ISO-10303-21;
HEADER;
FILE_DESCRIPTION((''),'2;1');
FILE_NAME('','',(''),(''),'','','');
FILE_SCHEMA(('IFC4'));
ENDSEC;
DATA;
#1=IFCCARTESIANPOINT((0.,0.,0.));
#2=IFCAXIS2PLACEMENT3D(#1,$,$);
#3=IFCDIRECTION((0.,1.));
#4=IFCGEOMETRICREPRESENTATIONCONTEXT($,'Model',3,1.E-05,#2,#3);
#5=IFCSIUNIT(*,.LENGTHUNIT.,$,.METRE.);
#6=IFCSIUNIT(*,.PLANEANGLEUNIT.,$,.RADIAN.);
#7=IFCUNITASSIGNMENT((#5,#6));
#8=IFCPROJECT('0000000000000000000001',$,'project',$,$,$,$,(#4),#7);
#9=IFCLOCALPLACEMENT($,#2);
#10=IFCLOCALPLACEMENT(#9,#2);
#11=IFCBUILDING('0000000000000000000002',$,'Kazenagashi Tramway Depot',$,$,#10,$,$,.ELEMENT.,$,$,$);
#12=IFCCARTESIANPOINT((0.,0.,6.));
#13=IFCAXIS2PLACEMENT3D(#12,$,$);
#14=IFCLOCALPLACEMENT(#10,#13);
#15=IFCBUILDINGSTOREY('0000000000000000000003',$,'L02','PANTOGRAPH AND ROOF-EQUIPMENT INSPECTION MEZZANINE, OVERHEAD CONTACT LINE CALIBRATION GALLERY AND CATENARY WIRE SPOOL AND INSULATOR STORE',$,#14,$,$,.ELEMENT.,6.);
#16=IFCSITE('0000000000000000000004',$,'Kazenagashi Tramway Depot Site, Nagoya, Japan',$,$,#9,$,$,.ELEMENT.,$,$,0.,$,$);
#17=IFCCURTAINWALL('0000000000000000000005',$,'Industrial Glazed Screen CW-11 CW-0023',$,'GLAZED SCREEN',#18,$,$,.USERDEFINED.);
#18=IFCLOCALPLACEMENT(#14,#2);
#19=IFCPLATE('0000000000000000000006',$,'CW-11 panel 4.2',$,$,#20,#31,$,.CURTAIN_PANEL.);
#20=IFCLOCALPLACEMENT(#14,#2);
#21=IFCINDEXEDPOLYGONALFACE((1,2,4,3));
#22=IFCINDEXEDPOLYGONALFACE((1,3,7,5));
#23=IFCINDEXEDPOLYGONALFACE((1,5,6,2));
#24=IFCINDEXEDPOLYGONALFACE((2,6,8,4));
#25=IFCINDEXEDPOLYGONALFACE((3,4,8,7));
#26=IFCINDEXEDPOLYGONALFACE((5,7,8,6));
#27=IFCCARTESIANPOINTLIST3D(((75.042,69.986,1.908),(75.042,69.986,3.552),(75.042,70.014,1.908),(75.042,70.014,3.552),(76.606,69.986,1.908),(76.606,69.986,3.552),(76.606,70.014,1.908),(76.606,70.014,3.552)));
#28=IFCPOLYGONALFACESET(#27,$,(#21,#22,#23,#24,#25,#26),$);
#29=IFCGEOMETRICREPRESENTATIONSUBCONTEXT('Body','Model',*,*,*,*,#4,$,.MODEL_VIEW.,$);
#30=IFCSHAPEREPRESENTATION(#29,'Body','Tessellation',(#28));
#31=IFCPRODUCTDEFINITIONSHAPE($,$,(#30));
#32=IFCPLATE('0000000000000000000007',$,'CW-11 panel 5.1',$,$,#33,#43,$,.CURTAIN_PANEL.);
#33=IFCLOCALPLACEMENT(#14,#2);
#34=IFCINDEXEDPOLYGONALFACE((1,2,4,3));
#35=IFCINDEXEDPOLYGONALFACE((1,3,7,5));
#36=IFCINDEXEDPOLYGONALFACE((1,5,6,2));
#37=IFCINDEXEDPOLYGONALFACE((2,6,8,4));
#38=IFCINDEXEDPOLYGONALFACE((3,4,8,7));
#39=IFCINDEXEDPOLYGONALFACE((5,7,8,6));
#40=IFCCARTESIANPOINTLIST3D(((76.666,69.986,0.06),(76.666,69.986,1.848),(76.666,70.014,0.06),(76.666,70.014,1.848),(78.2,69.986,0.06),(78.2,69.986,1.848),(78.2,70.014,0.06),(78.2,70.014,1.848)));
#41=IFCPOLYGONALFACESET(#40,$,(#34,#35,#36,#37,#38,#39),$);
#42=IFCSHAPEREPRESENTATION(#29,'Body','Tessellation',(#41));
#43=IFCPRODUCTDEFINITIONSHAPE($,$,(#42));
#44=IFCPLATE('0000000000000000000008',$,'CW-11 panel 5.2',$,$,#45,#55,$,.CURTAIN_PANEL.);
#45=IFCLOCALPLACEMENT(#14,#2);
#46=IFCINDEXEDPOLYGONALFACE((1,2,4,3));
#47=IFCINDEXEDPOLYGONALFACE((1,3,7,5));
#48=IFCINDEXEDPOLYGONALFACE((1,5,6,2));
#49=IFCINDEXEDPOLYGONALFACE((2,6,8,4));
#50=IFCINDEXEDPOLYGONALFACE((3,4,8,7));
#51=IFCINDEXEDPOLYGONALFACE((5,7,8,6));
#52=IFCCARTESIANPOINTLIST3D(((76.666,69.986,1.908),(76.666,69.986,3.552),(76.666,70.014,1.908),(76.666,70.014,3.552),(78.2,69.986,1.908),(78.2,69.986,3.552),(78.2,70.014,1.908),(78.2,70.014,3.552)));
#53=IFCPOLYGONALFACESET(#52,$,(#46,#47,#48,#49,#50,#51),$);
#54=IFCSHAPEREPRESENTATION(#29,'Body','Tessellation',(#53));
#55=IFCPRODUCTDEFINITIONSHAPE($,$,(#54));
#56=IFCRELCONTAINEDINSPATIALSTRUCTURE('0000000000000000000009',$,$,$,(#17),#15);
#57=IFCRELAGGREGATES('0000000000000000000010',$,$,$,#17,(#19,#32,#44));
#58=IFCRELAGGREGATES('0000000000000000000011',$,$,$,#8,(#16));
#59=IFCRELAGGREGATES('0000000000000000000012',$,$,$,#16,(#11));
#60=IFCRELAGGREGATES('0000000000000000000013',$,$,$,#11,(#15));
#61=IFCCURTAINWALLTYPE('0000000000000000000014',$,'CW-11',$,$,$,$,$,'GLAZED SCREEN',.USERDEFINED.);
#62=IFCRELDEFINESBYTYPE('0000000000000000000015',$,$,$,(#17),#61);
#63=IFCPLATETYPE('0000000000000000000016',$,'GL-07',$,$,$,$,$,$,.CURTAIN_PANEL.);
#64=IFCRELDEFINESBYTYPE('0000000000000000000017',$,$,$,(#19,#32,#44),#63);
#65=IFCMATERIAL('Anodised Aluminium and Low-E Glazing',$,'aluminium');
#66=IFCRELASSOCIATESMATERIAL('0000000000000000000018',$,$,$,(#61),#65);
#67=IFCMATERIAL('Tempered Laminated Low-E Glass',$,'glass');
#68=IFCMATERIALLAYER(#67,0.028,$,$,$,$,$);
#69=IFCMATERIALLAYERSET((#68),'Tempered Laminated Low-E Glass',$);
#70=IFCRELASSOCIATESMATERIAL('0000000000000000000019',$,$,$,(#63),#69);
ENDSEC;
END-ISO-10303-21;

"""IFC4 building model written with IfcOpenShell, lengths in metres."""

from ifc_helpers import new_model, si_unit, direction, frame, origin, origin_2d, place, context, subcontext, project, spatial, rectangle, extrude, material, layer, layer_set, type_object, element, aggregate, save


model = new_model("IFC4")

# Units and contexts
model_context = context("Model", 3, precision=1e-05, world=origin(), true_north=direction((0.0, 1.0)))
body_context = subcontext(model_context, "Body", "Model", "MODEL_VIEW")
ifc_project = project(units=[si_unit("LENGTHUNIT", "METRE"), si_unit("PLANEANGLEUNIT", "RADIAN")], contexts=[model_context])

# Site, building, storey
site_placement = place(None, origin())
site = spatial("IfcSite", under=ifc_project, at=site_placement, Name="Kazenagashi Tramway Depot Site, Nagoya, Japan", CompositionType="ELEMENT", RefElevation=0.0)
building_placement = place(site_placement, origin())
building = spatial("IfcBuilding", under=site, at=building_placement, Name="Kazenagashi Tramway Depot", CompositionType="ELEMENT")
storey_placement = place(building_placement, frame((0.0, 0.0, 6.0)))
storey = spatial("IfcBuildingStorey", under=building, at=storey_placement, Name="L02", Description="PANTOGRAPH AND ROOF-EQUIPMENT INSPECTION MEZZANINE, OVERHEAD CONTACT LINE CALIBRATION GALLERY AND CATENARY WIRE SPOOL AND INSULATOR STORE", CompositionType="ELEMENT", Elevation=6.0)

# Curtain wall
ifc_material_1 = material(Name="Anodised Aluminium and Low-E Glazing", Category="aluminium")
curtain_wall_type = type_object("IfcCurtainWallType", Name="CW-11", ElementType="GLAZED SCREEN", PredefinedType="USERDEFINED", material=ifc_material_1)
curtain_wall_placement = place(storey_placement, origin())
curtain_wall = element("IfcCurtainWall", 1, at=curtain_wall_placement, inside=storey, type_object=curtain_wall_type, Name="Industrial Glazed Screen CW-11 CW-0023", ObjectType="GLAZED SCREEN", PredefinedType="USERDEFINED")

# Plates
ifc_material_2 = material(Name="Tempered Laminated Low-E Glass", Category="glass")
ifc_layer = layer(ifc_material_2, 0.028)
ifc_layer_set = layer_set([ifc_layer], Name="Tempered Laminated Low-E Glass")
plate_type = type_object("IfcPlateType", Name="GL-07", PredefinedType="CURTAIN_PANEL", material=ifc_layer_set)
plate_1_placement = place(storey_placement, frame((75.824, 70.0, 1.908), z_axis=(0.0, 0.0, 1.0), x_axis=(1.0, 0.0, 0.0)))
plate_1 = element("IfcPlate", 2, at=plate_1_placement, type_object=plate_type, Name="CW-11 panel 4.2", PredefinedType="CURTAIN_PANEL", context=body_context, shape_type="SweptSolid", body=[
    extrude(rectangle(XDim=1.564, YDim=0.028, at=origin_2d()), origin(), (0.0, 0.0, 1.0), 1.644),
])
plate_2_placement = place(storey_placement, frame((77.433, 70.0, 0.06), z_axis=(0.0, 0.0, 1.0), x_axis=(1.0, 0.0, 0.0)))
plate_2 = element("IfcPlate", 3, at=plate_2_placement, type_object=plate_type, Name="CW-11 panel 5.1", PredefinedType="CURTAIN_PANEL", context=body_context, shape_type="SweptSolid", body=[
    extrude(rectangle(XDim=1.534, YDim=0.028, at=origin_2d()), origin(), (0.0, 0.0, 1.0), 1.788),
])
plate_3_placement = place(storey_placement, frame((77.433, 70.0, 1.908), z_axis=(0.0, 0.0, 1.0), x_axis=(1.0, 0.0, 0.0)))
plate_3 = element("IfcPlate", 4, at=plate_3_placement, type_object=plate_type, Name="CW-11 panel 5.2", PredefinedType="CURTAIN_PANEL", context=body_context, shape_type="SweptSolid", body=[
    extrude(rectangle(XDim=1.534, YDim=0.028, at=origin_2d()), origin(), (0.0, 0.0, 1.0), 1.644),
])
aggregate(curtain_wall, [plate_1, plate_2, plate_3])

save(model, "model.ifc")
